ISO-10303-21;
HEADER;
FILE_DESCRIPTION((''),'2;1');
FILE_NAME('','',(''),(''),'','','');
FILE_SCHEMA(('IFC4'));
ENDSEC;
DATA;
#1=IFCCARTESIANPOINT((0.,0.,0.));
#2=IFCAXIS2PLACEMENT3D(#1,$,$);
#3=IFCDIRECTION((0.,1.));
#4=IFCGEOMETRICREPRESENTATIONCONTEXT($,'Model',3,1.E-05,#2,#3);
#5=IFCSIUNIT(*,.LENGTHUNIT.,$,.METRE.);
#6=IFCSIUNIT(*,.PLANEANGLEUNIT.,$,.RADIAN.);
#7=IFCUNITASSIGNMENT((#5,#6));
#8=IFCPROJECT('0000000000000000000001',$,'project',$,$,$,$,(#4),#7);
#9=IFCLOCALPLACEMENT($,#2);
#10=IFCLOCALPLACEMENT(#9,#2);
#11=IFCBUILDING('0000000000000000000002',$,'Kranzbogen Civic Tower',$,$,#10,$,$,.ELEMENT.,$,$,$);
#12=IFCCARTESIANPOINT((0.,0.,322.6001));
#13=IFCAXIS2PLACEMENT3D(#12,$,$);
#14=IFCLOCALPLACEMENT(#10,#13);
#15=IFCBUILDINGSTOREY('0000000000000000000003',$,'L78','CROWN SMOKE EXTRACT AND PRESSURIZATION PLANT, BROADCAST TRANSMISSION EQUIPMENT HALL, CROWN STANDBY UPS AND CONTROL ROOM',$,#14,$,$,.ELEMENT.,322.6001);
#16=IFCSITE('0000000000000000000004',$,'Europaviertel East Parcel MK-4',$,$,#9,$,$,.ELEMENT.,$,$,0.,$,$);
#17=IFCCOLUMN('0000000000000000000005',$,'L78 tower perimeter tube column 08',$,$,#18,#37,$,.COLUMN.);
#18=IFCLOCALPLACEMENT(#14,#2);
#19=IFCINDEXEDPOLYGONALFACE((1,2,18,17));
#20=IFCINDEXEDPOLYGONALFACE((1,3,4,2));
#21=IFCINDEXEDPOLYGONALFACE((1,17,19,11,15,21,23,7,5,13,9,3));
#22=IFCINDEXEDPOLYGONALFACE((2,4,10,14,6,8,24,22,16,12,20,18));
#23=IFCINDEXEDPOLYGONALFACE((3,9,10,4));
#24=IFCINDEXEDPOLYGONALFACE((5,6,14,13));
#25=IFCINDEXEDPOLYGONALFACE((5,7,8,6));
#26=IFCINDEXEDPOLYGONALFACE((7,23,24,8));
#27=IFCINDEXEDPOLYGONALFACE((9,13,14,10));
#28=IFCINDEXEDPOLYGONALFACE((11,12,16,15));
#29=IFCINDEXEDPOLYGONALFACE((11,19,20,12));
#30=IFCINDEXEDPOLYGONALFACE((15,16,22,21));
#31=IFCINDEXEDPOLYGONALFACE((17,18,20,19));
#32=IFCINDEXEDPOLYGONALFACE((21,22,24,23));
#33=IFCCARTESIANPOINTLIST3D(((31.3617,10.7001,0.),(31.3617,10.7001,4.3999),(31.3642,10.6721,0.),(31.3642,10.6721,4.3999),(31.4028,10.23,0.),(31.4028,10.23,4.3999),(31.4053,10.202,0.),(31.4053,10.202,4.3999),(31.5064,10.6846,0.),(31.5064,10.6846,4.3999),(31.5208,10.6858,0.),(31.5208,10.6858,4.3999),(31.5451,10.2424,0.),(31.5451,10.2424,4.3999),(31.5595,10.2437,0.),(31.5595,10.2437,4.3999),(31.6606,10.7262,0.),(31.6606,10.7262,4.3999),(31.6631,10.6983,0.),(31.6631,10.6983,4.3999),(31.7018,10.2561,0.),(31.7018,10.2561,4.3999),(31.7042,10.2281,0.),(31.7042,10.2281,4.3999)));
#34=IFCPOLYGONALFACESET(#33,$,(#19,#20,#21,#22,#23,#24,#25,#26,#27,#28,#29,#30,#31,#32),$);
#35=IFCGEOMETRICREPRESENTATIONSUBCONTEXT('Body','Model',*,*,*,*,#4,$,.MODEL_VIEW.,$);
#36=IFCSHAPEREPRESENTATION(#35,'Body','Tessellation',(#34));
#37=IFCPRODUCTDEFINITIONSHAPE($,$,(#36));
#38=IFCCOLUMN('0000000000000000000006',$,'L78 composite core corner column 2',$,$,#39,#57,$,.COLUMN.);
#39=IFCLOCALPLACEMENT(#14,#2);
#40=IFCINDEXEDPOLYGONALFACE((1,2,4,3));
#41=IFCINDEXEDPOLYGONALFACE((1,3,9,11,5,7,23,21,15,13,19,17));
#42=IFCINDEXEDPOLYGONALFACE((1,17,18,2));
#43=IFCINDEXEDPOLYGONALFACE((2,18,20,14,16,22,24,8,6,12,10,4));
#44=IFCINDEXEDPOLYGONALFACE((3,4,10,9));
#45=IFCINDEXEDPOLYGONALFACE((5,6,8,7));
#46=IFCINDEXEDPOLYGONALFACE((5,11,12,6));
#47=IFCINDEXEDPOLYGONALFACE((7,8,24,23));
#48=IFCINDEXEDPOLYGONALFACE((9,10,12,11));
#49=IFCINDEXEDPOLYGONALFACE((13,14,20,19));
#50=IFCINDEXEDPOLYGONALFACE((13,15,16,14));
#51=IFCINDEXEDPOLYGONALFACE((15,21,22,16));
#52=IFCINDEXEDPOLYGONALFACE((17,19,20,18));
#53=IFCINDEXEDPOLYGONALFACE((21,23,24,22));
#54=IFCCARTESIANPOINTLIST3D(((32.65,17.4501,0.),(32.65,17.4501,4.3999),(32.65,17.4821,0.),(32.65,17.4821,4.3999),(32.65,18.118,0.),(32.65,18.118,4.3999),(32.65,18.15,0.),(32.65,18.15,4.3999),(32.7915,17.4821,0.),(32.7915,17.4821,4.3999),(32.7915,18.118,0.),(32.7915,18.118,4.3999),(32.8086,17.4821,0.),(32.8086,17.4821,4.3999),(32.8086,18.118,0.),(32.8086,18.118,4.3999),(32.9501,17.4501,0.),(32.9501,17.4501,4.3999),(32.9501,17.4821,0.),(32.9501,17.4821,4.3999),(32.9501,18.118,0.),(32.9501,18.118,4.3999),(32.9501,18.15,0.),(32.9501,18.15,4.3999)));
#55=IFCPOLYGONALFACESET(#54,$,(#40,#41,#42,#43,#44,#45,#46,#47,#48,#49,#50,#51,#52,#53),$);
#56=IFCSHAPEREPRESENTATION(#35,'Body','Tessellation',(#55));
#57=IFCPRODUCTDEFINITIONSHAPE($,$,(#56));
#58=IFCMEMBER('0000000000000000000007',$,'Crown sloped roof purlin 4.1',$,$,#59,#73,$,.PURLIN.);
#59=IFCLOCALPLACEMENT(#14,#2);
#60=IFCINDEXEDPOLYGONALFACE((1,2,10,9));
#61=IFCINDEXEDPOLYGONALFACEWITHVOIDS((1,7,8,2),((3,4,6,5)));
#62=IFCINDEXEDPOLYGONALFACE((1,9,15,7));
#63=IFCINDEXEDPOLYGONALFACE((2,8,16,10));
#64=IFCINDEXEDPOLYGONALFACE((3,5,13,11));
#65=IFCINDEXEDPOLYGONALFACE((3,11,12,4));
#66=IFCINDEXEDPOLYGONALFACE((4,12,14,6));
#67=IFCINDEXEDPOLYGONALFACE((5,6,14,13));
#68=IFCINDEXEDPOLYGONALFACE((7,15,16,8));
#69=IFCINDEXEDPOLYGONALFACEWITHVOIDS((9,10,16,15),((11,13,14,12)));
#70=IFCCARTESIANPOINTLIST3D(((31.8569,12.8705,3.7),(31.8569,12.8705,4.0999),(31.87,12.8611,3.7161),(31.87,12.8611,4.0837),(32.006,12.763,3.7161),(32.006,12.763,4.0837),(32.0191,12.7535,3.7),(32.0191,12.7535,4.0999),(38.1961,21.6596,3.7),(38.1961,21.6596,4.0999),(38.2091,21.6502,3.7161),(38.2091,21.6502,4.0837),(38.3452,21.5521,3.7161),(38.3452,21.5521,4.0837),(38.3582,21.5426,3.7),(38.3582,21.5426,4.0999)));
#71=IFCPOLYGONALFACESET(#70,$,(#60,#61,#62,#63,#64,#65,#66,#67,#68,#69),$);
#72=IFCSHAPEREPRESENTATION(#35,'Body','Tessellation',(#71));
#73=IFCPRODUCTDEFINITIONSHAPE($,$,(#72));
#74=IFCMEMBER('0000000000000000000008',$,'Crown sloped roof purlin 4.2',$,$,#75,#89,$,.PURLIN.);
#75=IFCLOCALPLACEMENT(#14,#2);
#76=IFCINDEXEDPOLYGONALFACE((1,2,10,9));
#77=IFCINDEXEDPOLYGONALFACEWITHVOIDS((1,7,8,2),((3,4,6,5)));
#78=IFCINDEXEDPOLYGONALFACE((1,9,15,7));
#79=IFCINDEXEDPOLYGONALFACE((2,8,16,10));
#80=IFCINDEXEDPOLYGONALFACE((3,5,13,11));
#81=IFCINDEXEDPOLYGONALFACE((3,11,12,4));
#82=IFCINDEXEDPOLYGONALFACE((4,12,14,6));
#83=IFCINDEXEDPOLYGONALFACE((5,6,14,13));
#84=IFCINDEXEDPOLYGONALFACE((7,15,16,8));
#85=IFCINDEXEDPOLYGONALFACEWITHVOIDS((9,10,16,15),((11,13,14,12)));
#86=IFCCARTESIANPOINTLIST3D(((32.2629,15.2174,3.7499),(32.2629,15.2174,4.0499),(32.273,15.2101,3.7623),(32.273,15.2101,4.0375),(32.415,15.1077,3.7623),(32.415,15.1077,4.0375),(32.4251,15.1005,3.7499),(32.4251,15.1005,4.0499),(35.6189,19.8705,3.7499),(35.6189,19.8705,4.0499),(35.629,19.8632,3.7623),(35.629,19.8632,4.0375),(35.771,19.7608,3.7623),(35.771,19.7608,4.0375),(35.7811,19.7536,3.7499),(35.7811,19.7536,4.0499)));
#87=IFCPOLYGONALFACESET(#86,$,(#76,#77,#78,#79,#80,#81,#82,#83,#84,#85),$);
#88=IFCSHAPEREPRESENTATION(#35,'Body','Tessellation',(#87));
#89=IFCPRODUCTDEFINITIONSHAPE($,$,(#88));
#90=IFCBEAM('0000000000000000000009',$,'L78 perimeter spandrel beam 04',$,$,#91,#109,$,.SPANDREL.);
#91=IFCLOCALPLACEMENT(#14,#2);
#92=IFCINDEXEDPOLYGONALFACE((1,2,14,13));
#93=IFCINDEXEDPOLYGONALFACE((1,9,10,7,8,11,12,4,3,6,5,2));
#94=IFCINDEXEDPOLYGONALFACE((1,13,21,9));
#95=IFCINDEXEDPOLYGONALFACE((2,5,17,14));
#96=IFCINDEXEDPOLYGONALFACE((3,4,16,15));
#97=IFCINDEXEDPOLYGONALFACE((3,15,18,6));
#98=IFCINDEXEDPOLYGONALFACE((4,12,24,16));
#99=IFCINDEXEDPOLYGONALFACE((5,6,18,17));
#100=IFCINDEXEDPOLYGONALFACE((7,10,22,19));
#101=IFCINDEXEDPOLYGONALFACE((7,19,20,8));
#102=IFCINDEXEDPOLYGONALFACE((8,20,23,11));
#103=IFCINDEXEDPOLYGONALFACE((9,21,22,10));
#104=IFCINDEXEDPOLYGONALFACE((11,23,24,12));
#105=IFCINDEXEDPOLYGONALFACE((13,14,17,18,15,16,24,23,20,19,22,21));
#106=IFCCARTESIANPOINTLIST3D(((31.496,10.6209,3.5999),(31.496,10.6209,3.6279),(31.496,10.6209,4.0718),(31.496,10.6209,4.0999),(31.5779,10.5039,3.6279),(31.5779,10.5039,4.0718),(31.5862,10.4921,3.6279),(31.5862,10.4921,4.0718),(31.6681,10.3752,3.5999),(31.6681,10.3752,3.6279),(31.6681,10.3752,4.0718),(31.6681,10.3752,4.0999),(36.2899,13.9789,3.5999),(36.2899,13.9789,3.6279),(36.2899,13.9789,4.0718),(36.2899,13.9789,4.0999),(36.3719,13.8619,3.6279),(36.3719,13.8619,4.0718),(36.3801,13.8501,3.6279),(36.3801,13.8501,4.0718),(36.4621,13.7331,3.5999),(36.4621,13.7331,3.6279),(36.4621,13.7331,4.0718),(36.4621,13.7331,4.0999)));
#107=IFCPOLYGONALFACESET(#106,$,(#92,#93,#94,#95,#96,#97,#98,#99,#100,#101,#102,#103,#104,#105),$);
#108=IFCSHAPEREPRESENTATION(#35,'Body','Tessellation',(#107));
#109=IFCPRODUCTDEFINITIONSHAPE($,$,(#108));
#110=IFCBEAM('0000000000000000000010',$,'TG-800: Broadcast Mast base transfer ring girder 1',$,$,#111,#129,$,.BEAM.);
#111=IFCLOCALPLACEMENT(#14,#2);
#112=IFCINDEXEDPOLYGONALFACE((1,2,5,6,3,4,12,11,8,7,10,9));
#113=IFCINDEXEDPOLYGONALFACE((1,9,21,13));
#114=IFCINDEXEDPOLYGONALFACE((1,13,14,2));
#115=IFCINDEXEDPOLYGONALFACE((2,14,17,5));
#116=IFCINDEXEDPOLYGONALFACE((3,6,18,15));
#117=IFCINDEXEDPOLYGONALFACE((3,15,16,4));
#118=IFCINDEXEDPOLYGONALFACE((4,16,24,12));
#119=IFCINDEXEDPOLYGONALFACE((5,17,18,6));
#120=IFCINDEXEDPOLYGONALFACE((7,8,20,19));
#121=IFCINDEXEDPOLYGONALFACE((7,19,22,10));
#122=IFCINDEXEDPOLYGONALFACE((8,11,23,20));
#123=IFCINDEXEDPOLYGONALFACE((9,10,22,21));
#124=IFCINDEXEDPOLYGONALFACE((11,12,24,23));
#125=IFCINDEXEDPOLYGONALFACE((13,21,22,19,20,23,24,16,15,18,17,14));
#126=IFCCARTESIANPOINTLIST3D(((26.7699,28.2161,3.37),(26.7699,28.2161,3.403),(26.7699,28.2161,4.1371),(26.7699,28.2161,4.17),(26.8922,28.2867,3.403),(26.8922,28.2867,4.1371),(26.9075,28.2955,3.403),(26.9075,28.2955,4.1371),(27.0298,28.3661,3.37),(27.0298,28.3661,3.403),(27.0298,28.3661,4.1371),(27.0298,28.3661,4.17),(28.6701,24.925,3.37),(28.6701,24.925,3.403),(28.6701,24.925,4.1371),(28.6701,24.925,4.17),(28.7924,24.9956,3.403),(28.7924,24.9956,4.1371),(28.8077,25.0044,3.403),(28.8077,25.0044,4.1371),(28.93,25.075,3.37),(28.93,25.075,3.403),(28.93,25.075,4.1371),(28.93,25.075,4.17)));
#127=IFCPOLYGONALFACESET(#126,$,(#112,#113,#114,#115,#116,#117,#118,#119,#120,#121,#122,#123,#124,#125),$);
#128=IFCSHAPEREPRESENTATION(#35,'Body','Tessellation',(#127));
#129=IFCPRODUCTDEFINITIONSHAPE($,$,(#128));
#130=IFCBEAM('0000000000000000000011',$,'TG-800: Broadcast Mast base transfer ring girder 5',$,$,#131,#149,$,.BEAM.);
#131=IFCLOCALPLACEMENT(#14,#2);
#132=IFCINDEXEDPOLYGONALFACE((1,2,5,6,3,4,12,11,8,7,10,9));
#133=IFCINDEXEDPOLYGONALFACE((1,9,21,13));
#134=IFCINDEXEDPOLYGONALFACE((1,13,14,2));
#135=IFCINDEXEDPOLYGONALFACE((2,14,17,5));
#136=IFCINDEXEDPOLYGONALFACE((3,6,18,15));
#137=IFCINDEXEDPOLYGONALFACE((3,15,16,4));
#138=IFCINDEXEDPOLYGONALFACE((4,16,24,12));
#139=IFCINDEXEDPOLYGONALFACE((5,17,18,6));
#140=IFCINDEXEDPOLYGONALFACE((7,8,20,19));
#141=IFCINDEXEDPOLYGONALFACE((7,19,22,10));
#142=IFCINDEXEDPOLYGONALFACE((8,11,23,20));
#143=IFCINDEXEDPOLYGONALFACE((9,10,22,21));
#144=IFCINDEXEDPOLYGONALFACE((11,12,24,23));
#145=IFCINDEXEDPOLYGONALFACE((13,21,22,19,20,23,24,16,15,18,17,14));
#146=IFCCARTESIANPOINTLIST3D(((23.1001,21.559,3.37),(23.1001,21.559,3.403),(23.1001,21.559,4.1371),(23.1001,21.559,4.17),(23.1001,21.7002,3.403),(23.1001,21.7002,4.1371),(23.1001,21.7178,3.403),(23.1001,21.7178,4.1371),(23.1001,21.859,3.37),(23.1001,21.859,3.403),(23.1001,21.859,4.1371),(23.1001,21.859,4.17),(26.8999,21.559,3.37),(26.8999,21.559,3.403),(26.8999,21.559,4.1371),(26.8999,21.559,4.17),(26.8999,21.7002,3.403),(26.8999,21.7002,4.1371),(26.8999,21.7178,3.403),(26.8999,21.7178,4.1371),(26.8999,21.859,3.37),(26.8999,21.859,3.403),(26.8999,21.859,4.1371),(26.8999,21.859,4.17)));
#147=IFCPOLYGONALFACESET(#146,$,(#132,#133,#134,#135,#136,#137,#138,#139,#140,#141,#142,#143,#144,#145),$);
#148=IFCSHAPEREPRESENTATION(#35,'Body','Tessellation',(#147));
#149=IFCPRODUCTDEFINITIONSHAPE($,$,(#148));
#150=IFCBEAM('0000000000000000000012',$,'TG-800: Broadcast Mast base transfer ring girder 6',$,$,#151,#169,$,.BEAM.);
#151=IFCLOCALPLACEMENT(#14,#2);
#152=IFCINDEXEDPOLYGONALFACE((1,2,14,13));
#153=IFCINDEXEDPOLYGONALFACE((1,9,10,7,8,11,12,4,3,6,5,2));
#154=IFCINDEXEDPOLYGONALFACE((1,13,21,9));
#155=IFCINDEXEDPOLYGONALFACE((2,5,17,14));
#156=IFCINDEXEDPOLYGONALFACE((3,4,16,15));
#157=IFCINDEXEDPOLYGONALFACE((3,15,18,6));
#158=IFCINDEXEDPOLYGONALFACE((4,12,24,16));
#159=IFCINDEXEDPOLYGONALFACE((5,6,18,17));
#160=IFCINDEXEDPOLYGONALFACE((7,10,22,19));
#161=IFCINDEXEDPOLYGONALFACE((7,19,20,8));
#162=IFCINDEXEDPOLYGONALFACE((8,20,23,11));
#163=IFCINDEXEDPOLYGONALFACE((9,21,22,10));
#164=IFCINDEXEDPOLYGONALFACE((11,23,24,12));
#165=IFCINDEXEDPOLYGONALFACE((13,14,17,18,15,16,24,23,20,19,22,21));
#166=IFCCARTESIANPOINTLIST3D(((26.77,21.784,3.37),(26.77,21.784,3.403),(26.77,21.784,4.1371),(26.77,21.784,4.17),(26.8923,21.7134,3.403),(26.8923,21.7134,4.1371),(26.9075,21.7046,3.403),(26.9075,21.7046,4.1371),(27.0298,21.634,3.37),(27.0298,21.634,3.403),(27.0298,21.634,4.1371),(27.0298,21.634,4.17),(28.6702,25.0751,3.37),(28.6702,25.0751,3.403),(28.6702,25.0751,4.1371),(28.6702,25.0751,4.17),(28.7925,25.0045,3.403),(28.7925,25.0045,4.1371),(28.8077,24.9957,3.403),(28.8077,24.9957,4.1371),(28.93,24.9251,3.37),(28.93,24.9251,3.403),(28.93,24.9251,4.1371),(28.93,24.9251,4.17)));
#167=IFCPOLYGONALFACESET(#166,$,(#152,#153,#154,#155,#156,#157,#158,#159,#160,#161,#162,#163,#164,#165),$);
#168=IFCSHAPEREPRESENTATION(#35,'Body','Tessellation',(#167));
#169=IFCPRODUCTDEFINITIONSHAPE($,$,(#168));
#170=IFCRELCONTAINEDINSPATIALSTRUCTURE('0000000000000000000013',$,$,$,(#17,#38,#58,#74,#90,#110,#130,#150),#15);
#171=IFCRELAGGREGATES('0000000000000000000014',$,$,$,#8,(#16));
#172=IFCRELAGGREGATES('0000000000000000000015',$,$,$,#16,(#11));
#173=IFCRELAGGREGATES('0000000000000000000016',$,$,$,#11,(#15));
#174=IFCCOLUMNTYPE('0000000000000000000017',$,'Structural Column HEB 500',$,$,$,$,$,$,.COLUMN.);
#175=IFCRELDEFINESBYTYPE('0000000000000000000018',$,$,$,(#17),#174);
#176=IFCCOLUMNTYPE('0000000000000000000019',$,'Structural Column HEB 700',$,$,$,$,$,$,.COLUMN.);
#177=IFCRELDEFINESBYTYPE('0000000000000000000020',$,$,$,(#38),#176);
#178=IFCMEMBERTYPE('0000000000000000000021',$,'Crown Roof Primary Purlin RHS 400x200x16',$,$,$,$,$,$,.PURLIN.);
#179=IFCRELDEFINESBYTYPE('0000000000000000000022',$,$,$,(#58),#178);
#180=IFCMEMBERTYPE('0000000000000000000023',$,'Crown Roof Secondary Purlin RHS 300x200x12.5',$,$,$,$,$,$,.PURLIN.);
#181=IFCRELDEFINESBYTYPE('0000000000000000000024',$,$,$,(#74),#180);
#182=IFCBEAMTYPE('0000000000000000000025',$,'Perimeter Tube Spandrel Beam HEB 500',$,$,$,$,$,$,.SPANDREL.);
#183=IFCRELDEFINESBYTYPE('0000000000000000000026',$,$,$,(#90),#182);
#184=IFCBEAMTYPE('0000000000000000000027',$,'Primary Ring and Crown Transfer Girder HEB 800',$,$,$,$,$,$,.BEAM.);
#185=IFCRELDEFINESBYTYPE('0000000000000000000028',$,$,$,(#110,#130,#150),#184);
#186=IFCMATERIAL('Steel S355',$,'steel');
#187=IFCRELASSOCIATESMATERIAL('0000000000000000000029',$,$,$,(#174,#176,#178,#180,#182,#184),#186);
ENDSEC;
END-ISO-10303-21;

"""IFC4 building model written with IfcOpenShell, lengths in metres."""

from ifc_helpers import new_model, si_unit, direction, frame, origin, origin_2d, place, context, subcontext, project, spatial, hollow_rectangle, i_section, extrude, material, material_profile, profile_set, type_object, element, save


model = new_model("IFC4")

# Units and contexts
model_context = context("Model", 3, precision=1e-05, world=origin(), true_north=direction((0.0, 1.0)))
body_context = subcontext(model_context, "Body", "Model", "MODEL_VIEW")
ifc_project = project(units=[si_unit("LENGTHUNIT", "METRE"), si_unit("PLANEANGLEUNIT", "RADIAN")], contexts=[model_context])

# Site, building, storey
site_placement = place(None, origin())
site = spatial("IfcSite", under=ifc_project, at=site_placement, Name="Europaviertel East Parcel MK-4", CompositionType="ELEMENT", RefElevation=0.0)
building_placement = place(site_placement, origin())
building = spatial("IfcBuilding", under=site, at=building_placement, Name="Kranzbogen Civic Tower", CompositionType="ELEMENT")
storey_placement = place(building_placement, frame((0.0, 0.0, 322.6001)))
storey = spatial("IfcBuildingStorey", under=building, at=storey_placement, Name="L78", Description="CROWN SMOKE EXTRACT AND PRESSURIZATION PLANT, BROADCAST TRANSMISSION EQUIPMENT HALL, CROWN STANDBY UPS AND CONTROL ROOM", CompositionType="ELEMENT", Elevation=322.6001)

# Columns
ifc_material_1 = material(Name="Steel S355", Category="steel")
ifc_material_profile_1 = material_profile(ifc_material_1, i_section(OverallWidth=0.3, OverallDepth=0.5, WebThickness=0.0144, FlangeThickness=0.0281, at=origin_2d()), Name="HEB 500")
ifc_profile_set_1 = profile_set([ifc_material_profile_1], Name="Steel S355")
column_type_1 = type_object("IfcColumnType", Name="Structural Column HEB 500", PredefinedType="COLUMN", material=ifc_profile_set_1)
column_1_placement = place(storey_placement, frame((31.533, 10.4641, 0.0), z_axis=(0.0, 0.0, 1.0), x_axis=(0.996195, 0.087156, 0.0)))
element("IfcColumn", 1, at=column_1_placement, inside=storey, type_object=column_type_1, Name="L78 tower perimeter tube column 08", PredefinedType="COLUMN", context=body_context, shape_type="SweptSolid", body=[
    extrude(i_section(OverallWidth=0.3, OverallDepth=0.5, WebThickness=0.0144, FlangeThickness=0.0281, at=origin_2d()), origin(), (0.0, 0.0, 1.0), 4.3999),
])
ifc_material_profile_2 = material_profile(ifc_material_1, i_section(OverallWidth=0.3, OverallDepth=0.7, WebThickness=0.0171, FlangeThickness=0.032, at=origin_2d()), Name="HEB 700")
ifc_profile_set_2 = profile_set([ifc_material_profile_2], Name="Steel S355")
column_type_2 = type_object("IfcColumnType", Name="Structural Column HEB 700", PredefinedType="COLUMN", material=ifc_profile_set_2)
column_2_placement = place(storey_placement, frame((32.8, 17.8, 0.0), z_axis=(0.0, 0.0, 1.0), x_axis=(1.0, 0.0, 0.0)))
element("IfcColumn", 2, at=column_2_placement, inside=storey, type_object=column_type_2, Name="L78 composite core corner column 2", PredefinedType="COLUMN", context=body_context, shape_type="SweptSolid", body=[
    extrude(i_section(OverallWidth=0.3, OverallDepth=0.7, WebThickness=0.0171, FlangeThickness=0.032, at=origin_2d()), origin(), (0.0, 0.0, 1.0), 4.3999),
])

# Members
ifc_material_profile_3 = material_profile(ifc_material_1, hollow_rectangle(XDim=0.2, YDim=0.3999, WallThickness=0.0161, at=origin_2d()), Name="RHS 400x200x16")
ifc_profile_set_3 = profile_set([ifc_material_profile_3], Name="Steel S355")
member_type_1 = type_object("IfcMemberType", Name="Crown Roof Primary Purlin RHS 400x200x16", PredefinedType="PURLIN", material=ifc_profile_set_3)
member_1_placement = place(storey_placement, frame((31.938, 12.812, 3.8999), z_axis=(0.584972, 0.811053, 0.0), x_axis=(-0.811053, 0.584972, 0.0)))
element("IfcMember", 3, at=member_1_placement, inside=storey, type_object=member_type_1, Name="Crown sloped roof purlin 4.1", PredefinedType="PURLIN", context=body_context, shape_type="SweptSolid", body=[
    extrude(hollow_rectangle(XDim=0.2, YDim=0.3999, WallThickness=0.0161, at=origin_2d()), origin(), (0.0, 0.0, 1.0), 10.8367),
])
ifc_material_profile_4 = material_profile(ifc_material_1, hollow_rectangle(XDim=0.2, YDim=0.3, WallThickness=0.0125, at=origin_2d()), Name="RHS 300x200x12.5")
ifc_profile_set_4 = profile_set([ifc_material_profile_4], Name="Steel S355")
member_type_2 = type_object("IfcMemberType", Name="Crown Roof Secondary Purlin RHS 300x200x12.5", PredefinedType="PURLIN", material=ifc_profile_set_4)
member_2_placement = place(storey_placement, frame((32.344, 15.1589, 3.8999), z_axis=(0.584964, 0.811059, 0.0), x_axis=(-0.811059, 0.584964, 0.0)))
element("IfcMember", 4, at=member_2_placement, inside=storey, type_object=member_type_2, Name="Crown sloped roof purlin 4.2", PredefinedType="PURLIN", context=body_context, shape_type="SweptSolid", body=[
    extrude(hollow_rectangle(XDim=0.2, YDim=0.3, WallThickness=0.0125, at=origin_2d()), origin(), (0.0, 0.0, 1.0), 5.7371),
])

# Beams
ifc_material_profile_5 = material_profile(ifc_material_1, i_section(OverallWidth=0.3, OverallDepth=0.5, WebThickness=0.0144, FlangeThickness=0.0281, at=origin_2d()), Name="HEB 500")
ifc_profile_set_5 = profile_set([ifc_material_profile_5], Name="Steel S355")
beam_type_1 = type_object("IfcBeamType", Name="Perimeter Tube Spandrel Beam HEB 500", PredefinedType="SPANDREL", material=ifc_profile_set_5)
beam_1_placement = place(storey_placement, frame((31.582, 10.498, 3.8499), z_axis=(0.819059, 0.573709, 0.0), x_axis=(-0.573709, 0.819059, 0.0)))
element("IfcBeam", 5, at=beam_1_placement, inside=storey, type_object=beam_type_1, Name="L78 perimeter spandrel beam 04", PredefinedType="SPANDREL", context=body_context, shape_type="SweptSolid", body=[
    extrude(i_section(OverallWidth=0.3, OverallDepth=0.5, WebThickness=0.0144, FlangeThickness=0.0281, at=origin_2d()), origin(), (0.0, 0.0, 1.0), 5.853),
])
ifc_material_profile_6 = material_profile(ifc_material_1, i_section(OverallWidth=0.3, OverallDepth=0.8, WebThickness=0.0176, FlangeThickness=0.033, at=origin_2d()), Name="HEB 800")
ifc_profile_set_6 = profile_set([ifc_material_profile_6], Name="Steel S355")
beam_type_2 = type_object("IfcBeamType", Name="Primary Ring and Crown Transfer Girder HEB 800", PredefinedType="BEAM", material=ifc_profile_set_6)
beam_2_placement = place(storey_placement, frame((28.8, 25.0, 3.77), z_axis=(-0.500015, 0.866017, 0.0), x_axis=(-0.866017, -0.500015, 0.0)))
element("IfcBeam", 6, at=beam_2_placement, inside=storey, type_object=beam_type_2, Name="TG-800: Broadcast Mast base transfer ring girder 1", PredefinedType="BEAM", context=body_context, shape_type="SweptSolid", body=[
    extrude(i_section(OverallWidth=0.3, OverallDepth=0.8, WebThickness=0.0176, FlangeThickness=0.033, at=origin_2d()), origin(), (0.0, 0.0, 1.0), 3.8003),
])
beam_3_placement = place(storey_placement, frame((23.1001, 21.709, 3.77), z_axis=(1.0, 0.0, 0.0), x_axis=(0.0, 1.0, 0.0)))
element("IfcBeam", 7, at=beam_3_placement, inside=storey, type_object=beam_type_2, Name="TG-800: Broadcast Mast base transfer ring girder 5", PredefinedType="BEAM", context=body_context, shape_type="SweptSolid", body=[
    extrude(i_section(OverallWidth=0.3, OverallDepth=0.8, WebThickness=0.0176, FlangeThickness=0.033, at=origin_2d()), origin(), (0.0, 0.0, 1.0), 3.7998),
])
beam_4_placement = place(storey_placement, frame((26.8999, 21.709, 3.77), z_axis=(0.500015, 0.866017, 0.0), x_axis=(-0.866017, 0.500015, 0.0)))
element("IfcBeam", 8, at=beam_4_placement, inside=storey, type_object=beam_type_2, Name="TG-800: Broadcast Mast base transfer ring girder 6", PredefinedType="BEAM", context=body_context, shape_type="SweptSolid", body=[
    extrude(i_section(OverallWidth=0.3, OverallDepth=0.8, WebThickness=0.0176, FlangeThickness=0.033, at=origin_2d()), origin(), (0.0, 0.0, 1.0), 3.8003),
])

save(model, "model.ifc")
